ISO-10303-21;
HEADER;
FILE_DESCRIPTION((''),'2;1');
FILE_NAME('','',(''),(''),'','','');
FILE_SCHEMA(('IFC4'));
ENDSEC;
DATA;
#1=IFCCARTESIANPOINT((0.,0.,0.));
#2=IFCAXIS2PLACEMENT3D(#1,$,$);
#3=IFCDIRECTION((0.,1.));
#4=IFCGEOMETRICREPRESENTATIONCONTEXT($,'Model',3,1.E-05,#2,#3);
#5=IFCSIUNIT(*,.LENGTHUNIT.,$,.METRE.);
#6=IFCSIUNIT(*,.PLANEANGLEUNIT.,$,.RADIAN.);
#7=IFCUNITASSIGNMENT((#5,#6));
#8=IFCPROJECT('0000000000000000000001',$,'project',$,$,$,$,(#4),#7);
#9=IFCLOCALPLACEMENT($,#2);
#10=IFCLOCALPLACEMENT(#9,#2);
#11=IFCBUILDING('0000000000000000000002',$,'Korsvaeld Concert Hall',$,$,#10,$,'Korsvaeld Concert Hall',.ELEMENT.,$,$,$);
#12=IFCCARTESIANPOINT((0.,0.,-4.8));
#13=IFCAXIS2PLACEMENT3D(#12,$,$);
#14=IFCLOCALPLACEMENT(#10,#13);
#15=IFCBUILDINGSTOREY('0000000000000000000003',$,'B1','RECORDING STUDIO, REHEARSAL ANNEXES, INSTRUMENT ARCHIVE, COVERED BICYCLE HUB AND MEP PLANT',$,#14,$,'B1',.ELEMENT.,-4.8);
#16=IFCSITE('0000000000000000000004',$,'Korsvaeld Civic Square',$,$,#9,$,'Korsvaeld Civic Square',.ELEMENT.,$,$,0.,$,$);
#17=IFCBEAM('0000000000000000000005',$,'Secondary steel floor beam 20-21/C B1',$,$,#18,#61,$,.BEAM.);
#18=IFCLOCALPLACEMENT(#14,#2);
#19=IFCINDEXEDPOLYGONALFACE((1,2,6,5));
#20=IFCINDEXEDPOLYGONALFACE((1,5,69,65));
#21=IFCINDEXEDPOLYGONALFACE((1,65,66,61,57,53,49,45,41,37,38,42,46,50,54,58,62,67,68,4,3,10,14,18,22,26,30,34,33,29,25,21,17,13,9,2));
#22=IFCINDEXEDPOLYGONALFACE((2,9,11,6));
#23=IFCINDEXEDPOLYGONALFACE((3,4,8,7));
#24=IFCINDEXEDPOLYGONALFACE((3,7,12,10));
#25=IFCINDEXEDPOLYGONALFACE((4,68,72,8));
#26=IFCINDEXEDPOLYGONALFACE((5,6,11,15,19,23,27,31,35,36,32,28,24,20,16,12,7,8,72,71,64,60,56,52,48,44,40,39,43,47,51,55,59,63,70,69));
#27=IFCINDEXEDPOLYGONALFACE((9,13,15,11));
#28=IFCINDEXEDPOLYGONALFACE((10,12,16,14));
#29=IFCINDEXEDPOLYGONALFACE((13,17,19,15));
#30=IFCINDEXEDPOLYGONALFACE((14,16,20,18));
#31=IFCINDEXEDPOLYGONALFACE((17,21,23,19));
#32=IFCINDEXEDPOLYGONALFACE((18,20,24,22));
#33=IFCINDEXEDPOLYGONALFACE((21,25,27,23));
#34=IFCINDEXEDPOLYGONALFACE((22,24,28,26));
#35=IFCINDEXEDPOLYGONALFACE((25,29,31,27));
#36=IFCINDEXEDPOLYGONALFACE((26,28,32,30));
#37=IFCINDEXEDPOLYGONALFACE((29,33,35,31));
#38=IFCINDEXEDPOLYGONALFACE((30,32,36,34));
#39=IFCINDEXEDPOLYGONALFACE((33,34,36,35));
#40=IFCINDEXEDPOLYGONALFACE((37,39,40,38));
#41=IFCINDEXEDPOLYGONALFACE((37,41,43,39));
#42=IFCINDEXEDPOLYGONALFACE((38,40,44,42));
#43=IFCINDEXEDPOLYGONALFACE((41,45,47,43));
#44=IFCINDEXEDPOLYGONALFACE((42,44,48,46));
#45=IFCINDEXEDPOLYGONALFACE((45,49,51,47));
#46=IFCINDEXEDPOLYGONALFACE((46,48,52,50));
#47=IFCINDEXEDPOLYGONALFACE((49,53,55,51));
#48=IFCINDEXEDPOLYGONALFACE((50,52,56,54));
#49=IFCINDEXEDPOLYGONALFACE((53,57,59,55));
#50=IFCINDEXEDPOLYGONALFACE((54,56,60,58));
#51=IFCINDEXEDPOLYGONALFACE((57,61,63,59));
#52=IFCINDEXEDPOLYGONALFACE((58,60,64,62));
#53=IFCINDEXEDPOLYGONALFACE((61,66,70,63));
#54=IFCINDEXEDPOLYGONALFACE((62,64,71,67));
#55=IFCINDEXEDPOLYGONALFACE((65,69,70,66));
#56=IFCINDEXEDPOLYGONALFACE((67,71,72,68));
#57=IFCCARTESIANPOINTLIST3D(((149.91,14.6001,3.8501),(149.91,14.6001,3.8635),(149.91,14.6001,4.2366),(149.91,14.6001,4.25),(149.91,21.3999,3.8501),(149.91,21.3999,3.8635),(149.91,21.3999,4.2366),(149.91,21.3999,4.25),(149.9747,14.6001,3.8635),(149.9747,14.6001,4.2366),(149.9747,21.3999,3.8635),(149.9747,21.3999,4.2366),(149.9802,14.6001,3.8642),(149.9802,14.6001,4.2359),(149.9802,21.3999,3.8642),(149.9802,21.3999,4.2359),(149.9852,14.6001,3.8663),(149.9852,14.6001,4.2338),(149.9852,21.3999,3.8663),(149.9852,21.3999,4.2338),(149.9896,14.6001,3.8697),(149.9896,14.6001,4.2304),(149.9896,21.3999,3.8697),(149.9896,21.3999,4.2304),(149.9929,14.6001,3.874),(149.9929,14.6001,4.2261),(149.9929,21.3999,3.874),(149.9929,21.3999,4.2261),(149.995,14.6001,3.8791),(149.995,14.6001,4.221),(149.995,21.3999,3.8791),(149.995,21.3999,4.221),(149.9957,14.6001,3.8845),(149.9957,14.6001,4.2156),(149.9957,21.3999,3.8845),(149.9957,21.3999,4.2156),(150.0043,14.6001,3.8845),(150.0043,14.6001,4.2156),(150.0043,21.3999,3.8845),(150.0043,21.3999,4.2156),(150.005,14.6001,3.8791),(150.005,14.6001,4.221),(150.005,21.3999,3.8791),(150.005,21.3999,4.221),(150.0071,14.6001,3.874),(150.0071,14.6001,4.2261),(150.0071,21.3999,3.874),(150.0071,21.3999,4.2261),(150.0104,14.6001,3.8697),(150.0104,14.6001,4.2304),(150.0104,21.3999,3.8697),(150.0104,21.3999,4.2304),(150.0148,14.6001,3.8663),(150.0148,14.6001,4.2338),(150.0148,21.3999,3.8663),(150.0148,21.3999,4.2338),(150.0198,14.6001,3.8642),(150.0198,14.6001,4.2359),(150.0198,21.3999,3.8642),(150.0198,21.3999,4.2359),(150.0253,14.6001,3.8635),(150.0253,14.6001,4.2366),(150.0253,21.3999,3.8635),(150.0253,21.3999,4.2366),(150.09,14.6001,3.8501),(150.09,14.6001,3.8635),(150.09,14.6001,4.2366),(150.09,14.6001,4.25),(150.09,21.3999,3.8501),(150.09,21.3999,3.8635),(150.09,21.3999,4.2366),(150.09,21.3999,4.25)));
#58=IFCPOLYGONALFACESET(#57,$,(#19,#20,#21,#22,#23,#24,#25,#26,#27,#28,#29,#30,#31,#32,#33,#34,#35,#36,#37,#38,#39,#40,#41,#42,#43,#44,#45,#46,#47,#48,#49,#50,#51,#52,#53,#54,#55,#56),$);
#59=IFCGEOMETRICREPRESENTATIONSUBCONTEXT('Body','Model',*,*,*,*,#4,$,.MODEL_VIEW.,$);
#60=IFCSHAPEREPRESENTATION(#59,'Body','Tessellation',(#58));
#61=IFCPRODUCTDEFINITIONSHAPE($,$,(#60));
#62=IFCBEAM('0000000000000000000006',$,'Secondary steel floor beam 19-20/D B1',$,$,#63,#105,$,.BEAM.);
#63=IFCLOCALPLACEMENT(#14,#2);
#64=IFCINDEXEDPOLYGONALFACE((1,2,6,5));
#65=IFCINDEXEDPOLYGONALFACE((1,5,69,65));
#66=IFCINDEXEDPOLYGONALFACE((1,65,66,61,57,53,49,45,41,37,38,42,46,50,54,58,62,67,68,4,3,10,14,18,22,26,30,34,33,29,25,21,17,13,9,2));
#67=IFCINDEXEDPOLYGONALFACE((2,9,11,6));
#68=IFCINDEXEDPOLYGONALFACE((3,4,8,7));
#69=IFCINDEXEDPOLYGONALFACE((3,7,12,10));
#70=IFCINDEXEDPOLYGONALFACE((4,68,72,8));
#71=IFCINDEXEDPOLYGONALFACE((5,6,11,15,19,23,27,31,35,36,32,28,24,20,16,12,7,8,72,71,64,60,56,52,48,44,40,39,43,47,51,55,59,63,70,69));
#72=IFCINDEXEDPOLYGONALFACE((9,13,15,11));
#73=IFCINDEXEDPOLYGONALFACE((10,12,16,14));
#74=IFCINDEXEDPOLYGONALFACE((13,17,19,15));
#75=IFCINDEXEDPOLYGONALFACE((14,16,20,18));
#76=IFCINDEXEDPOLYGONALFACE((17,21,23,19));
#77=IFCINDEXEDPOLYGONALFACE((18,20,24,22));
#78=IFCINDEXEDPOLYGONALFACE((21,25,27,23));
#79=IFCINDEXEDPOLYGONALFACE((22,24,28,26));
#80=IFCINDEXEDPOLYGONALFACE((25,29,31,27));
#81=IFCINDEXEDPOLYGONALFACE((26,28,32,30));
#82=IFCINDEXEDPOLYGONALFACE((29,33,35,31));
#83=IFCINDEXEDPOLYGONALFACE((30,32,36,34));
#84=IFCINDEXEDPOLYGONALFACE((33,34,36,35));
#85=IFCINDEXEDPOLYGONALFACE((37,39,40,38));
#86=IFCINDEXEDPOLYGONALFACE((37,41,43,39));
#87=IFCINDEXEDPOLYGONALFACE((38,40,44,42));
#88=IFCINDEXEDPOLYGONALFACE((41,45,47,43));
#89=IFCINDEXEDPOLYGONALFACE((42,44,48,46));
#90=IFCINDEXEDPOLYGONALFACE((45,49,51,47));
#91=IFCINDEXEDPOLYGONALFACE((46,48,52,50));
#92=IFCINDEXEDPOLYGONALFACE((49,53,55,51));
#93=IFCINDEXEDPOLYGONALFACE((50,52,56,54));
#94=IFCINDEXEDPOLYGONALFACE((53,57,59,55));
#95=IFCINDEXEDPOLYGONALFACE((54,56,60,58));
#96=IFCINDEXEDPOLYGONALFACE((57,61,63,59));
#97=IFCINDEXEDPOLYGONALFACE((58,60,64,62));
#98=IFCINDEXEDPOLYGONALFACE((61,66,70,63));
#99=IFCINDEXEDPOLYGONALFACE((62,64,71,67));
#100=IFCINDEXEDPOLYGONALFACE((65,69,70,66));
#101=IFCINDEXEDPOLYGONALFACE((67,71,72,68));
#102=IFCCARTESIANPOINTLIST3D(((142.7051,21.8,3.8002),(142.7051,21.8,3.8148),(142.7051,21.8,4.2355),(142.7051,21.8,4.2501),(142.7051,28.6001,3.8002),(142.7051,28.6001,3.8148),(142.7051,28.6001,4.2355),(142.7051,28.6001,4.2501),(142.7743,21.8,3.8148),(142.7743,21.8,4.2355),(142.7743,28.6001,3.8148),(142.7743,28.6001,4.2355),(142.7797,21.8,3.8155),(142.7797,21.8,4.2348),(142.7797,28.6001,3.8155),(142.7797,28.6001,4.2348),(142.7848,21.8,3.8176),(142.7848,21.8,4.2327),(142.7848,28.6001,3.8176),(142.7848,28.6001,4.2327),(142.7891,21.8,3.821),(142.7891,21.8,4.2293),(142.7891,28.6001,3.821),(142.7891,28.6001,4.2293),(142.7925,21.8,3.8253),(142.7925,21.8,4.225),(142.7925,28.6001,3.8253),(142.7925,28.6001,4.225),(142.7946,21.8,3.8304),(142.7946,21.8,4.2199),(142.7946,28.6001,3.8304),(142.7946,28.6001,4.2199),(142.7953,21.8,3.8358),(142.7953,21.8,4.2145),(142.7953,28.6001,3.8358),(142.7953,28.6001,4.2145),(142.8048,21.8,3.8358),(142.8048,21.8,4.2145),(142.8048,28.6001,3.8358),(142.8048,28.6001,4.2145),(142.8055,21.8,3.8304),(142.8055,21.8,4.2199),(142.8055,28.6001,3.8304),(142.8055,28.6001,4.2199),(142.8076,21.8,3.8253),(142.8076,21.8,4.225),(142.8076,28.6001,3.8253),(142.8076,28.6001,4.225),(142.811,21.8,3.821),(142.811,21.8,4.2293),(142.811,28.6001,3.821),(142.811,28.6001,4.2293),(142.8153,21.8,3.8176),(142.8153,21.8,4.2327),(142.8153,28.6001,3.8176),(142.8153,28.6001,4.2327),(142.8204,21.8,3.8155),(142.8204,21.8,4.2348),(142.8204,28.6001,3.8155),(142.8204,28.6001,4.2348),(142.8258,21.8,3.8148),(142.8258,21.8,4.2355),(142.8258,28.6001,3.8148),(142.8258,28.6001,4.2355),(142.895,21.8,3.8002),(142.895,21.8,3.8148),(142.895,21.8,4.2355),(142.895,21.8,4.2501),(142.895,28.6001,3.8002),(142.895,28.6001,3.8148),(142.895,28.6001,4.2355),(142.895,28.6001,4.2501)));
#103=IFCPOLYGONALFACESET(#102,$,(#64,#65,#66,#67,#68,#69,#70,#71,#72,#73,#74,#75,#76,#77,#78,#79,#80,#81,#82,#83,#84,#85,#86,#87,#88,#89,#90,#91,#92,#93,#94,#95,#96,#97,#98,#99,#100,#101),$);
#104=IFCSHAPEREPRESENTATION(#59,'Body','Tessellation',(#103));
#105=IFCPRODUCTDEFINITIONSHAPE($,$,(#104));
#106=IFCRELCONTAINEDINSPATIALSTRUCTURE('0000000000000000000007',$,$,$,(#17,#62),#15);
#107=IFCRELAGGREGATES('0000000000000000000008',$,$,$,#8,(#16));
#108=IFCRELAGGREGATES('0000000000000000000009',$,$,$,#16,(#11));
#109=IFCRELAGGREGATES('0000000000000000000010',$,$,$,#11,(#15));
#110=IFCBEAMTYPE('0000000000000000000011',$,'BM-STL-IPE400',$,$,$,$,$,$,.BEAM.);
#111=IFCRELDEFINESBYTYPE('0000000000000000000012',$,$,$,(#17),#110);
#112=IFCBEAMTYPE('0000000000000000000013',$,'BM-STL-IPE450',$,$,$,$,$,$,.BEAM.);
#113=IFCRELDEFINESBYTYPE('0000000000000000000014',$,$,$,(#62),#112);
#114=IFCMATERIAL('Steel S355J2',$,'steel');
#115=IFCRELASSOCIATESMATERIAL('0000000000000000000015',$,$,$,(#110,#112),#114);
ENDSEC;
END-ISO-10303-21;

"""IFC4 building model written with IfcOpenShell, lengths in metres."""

from ifc_helpers import new_model, si_unit, direction, frame, origin, origin_2d, place, context, subcontext, project, spatial, i_section, extrude, material, material_profile, profile_set, type_object, element, save


model = new_model("IFC4")

# Units and contexts
model_context = context("Model", 3, precision=1e-05, world=origin(), true_north=direction((0.0, 1.0)))
body_context = subcontext(model_context, "Body", "Model", "MODEL_VIEW")
ifc_project = project(units=[si_unit("LENGTHUNIT", "METRE"), si_unit("PLANEANGLEUNIT", "RADIAN")], contexts=[model_context])

# Site, building, storey
site_placement = place(None, origin())
site = spatial("IfcSite", under=ifc_project, at=site_placement, Name="Korsvaeld Civic Square", LongName="Korsvaeld Civic Square", CompositionType="ELEMENT", RefElevation=0.0)
building_placement = place(site_placement, origin())
building = spatial("IfcBuilding", under=site, at=building_placement, Name="Korsvaeld Concert Hall", LongName="Korsvaeld Concert Hall", CompositionType="ELEMENT")
storey_placement = place(building_placement, frame((0.0, 0.0, -4.8)))
storey = spatial("IfcBuildingStorey", under=building, at=storey_placement, Name="B1", Description="RECORDING STUDIO, REHEARSAL ANNEXES, INSTRUMENT ARCHIVE, COVERED BICYCLE HUB AND MEP PLANT", LongName="B1", CompositionType="ELEMENT", Elevation=-4.8)

# Beams
ifc_material_1 = material(Name="Steel S355J2", Category="steel")
ifc_material_profile_1 = material_profile(ifc_material_1, i_section(OverallWidth=0.1799, OverallDepth=0.3999, WebThickness=0.0085, FlangeThickness=0.0134, FilletRadius=0.021, at=origin_2d()), Name="IPE 400")
ifc_profile_set_1 = profile_set([ifc_material_profile_1], Name="Steel S355J2")
beam_type_1 = type_object("IfcBeamType", Name="BM-STL-IPE400", PredefinedType="BEAM", material=ifc_profile_set_1)
beam_1_placement = place(storey_placement, frame((150.0, 14.6001, 4.05), z_axis=(0.0, 1.0, 0.0), x_axis=(-1.0, 0.0, 0.0)))
element("IfcBeam", 1, at=beam_1_placement, inside=storey, type_object=beam_type_1, Name="Secondary steel floor beam 20-21/C B1", PredefinedType="BEAM", context=body_context, shape_type="SweptSolid", body=[
    extrude(i_section(OverallWidth=0.1799, OverallDepth=0.3999, WebThickness=0.0085, FlangeThickness=0.0134, FilletRadius=0.021, at=origin_2d()), origin(), (0.0, 0.0, 1.0), 6.7998),
])
ifc_material_profile_2 = material_profile(ifc_material_1, i_section(OverallWidth=0.1899, OverallDepth=0.45, WebThickness=0.0095, FlangeThickness=0.0146, FilletRadius=0.021, at=origin_2d()), Name="IPE 450")
ifc_profile_set_2 = profile_set([ifc_material_profile_2], Name="Steel S355J2")
beam_type_2 = type_object("IfcBeamType", Name="BM-STL-IPE450", PredefinedType="BEAM", material=ifc_profile_set_2)
beam_2_placement = place(storey_placement, frame((142.8, 21.8, 4.0251), z_axis=(0.0, 1.0, 0.0), x_axis=(-1.0, 0.0, 0.0)))
element("IfcBeam", 2, at=beam_2_placement, inside=storey, type_object=beam_type_2, Name="Secondary steel floor beam 19-20/D B1", PredefinedType="BEAM", context=body_context, shape_type="SweptSolid", body=[
    extrude(i_section(OverallWidth=0.1899, OverallDepth=0.45, WebThickness=0.0095, FlangeThickness=0.0146, FilletRadius=0.021, at=origin_2d()), origin(), (0.0, 0.0, 1.0), 6.8),
])

save(model, "model.ifc")
